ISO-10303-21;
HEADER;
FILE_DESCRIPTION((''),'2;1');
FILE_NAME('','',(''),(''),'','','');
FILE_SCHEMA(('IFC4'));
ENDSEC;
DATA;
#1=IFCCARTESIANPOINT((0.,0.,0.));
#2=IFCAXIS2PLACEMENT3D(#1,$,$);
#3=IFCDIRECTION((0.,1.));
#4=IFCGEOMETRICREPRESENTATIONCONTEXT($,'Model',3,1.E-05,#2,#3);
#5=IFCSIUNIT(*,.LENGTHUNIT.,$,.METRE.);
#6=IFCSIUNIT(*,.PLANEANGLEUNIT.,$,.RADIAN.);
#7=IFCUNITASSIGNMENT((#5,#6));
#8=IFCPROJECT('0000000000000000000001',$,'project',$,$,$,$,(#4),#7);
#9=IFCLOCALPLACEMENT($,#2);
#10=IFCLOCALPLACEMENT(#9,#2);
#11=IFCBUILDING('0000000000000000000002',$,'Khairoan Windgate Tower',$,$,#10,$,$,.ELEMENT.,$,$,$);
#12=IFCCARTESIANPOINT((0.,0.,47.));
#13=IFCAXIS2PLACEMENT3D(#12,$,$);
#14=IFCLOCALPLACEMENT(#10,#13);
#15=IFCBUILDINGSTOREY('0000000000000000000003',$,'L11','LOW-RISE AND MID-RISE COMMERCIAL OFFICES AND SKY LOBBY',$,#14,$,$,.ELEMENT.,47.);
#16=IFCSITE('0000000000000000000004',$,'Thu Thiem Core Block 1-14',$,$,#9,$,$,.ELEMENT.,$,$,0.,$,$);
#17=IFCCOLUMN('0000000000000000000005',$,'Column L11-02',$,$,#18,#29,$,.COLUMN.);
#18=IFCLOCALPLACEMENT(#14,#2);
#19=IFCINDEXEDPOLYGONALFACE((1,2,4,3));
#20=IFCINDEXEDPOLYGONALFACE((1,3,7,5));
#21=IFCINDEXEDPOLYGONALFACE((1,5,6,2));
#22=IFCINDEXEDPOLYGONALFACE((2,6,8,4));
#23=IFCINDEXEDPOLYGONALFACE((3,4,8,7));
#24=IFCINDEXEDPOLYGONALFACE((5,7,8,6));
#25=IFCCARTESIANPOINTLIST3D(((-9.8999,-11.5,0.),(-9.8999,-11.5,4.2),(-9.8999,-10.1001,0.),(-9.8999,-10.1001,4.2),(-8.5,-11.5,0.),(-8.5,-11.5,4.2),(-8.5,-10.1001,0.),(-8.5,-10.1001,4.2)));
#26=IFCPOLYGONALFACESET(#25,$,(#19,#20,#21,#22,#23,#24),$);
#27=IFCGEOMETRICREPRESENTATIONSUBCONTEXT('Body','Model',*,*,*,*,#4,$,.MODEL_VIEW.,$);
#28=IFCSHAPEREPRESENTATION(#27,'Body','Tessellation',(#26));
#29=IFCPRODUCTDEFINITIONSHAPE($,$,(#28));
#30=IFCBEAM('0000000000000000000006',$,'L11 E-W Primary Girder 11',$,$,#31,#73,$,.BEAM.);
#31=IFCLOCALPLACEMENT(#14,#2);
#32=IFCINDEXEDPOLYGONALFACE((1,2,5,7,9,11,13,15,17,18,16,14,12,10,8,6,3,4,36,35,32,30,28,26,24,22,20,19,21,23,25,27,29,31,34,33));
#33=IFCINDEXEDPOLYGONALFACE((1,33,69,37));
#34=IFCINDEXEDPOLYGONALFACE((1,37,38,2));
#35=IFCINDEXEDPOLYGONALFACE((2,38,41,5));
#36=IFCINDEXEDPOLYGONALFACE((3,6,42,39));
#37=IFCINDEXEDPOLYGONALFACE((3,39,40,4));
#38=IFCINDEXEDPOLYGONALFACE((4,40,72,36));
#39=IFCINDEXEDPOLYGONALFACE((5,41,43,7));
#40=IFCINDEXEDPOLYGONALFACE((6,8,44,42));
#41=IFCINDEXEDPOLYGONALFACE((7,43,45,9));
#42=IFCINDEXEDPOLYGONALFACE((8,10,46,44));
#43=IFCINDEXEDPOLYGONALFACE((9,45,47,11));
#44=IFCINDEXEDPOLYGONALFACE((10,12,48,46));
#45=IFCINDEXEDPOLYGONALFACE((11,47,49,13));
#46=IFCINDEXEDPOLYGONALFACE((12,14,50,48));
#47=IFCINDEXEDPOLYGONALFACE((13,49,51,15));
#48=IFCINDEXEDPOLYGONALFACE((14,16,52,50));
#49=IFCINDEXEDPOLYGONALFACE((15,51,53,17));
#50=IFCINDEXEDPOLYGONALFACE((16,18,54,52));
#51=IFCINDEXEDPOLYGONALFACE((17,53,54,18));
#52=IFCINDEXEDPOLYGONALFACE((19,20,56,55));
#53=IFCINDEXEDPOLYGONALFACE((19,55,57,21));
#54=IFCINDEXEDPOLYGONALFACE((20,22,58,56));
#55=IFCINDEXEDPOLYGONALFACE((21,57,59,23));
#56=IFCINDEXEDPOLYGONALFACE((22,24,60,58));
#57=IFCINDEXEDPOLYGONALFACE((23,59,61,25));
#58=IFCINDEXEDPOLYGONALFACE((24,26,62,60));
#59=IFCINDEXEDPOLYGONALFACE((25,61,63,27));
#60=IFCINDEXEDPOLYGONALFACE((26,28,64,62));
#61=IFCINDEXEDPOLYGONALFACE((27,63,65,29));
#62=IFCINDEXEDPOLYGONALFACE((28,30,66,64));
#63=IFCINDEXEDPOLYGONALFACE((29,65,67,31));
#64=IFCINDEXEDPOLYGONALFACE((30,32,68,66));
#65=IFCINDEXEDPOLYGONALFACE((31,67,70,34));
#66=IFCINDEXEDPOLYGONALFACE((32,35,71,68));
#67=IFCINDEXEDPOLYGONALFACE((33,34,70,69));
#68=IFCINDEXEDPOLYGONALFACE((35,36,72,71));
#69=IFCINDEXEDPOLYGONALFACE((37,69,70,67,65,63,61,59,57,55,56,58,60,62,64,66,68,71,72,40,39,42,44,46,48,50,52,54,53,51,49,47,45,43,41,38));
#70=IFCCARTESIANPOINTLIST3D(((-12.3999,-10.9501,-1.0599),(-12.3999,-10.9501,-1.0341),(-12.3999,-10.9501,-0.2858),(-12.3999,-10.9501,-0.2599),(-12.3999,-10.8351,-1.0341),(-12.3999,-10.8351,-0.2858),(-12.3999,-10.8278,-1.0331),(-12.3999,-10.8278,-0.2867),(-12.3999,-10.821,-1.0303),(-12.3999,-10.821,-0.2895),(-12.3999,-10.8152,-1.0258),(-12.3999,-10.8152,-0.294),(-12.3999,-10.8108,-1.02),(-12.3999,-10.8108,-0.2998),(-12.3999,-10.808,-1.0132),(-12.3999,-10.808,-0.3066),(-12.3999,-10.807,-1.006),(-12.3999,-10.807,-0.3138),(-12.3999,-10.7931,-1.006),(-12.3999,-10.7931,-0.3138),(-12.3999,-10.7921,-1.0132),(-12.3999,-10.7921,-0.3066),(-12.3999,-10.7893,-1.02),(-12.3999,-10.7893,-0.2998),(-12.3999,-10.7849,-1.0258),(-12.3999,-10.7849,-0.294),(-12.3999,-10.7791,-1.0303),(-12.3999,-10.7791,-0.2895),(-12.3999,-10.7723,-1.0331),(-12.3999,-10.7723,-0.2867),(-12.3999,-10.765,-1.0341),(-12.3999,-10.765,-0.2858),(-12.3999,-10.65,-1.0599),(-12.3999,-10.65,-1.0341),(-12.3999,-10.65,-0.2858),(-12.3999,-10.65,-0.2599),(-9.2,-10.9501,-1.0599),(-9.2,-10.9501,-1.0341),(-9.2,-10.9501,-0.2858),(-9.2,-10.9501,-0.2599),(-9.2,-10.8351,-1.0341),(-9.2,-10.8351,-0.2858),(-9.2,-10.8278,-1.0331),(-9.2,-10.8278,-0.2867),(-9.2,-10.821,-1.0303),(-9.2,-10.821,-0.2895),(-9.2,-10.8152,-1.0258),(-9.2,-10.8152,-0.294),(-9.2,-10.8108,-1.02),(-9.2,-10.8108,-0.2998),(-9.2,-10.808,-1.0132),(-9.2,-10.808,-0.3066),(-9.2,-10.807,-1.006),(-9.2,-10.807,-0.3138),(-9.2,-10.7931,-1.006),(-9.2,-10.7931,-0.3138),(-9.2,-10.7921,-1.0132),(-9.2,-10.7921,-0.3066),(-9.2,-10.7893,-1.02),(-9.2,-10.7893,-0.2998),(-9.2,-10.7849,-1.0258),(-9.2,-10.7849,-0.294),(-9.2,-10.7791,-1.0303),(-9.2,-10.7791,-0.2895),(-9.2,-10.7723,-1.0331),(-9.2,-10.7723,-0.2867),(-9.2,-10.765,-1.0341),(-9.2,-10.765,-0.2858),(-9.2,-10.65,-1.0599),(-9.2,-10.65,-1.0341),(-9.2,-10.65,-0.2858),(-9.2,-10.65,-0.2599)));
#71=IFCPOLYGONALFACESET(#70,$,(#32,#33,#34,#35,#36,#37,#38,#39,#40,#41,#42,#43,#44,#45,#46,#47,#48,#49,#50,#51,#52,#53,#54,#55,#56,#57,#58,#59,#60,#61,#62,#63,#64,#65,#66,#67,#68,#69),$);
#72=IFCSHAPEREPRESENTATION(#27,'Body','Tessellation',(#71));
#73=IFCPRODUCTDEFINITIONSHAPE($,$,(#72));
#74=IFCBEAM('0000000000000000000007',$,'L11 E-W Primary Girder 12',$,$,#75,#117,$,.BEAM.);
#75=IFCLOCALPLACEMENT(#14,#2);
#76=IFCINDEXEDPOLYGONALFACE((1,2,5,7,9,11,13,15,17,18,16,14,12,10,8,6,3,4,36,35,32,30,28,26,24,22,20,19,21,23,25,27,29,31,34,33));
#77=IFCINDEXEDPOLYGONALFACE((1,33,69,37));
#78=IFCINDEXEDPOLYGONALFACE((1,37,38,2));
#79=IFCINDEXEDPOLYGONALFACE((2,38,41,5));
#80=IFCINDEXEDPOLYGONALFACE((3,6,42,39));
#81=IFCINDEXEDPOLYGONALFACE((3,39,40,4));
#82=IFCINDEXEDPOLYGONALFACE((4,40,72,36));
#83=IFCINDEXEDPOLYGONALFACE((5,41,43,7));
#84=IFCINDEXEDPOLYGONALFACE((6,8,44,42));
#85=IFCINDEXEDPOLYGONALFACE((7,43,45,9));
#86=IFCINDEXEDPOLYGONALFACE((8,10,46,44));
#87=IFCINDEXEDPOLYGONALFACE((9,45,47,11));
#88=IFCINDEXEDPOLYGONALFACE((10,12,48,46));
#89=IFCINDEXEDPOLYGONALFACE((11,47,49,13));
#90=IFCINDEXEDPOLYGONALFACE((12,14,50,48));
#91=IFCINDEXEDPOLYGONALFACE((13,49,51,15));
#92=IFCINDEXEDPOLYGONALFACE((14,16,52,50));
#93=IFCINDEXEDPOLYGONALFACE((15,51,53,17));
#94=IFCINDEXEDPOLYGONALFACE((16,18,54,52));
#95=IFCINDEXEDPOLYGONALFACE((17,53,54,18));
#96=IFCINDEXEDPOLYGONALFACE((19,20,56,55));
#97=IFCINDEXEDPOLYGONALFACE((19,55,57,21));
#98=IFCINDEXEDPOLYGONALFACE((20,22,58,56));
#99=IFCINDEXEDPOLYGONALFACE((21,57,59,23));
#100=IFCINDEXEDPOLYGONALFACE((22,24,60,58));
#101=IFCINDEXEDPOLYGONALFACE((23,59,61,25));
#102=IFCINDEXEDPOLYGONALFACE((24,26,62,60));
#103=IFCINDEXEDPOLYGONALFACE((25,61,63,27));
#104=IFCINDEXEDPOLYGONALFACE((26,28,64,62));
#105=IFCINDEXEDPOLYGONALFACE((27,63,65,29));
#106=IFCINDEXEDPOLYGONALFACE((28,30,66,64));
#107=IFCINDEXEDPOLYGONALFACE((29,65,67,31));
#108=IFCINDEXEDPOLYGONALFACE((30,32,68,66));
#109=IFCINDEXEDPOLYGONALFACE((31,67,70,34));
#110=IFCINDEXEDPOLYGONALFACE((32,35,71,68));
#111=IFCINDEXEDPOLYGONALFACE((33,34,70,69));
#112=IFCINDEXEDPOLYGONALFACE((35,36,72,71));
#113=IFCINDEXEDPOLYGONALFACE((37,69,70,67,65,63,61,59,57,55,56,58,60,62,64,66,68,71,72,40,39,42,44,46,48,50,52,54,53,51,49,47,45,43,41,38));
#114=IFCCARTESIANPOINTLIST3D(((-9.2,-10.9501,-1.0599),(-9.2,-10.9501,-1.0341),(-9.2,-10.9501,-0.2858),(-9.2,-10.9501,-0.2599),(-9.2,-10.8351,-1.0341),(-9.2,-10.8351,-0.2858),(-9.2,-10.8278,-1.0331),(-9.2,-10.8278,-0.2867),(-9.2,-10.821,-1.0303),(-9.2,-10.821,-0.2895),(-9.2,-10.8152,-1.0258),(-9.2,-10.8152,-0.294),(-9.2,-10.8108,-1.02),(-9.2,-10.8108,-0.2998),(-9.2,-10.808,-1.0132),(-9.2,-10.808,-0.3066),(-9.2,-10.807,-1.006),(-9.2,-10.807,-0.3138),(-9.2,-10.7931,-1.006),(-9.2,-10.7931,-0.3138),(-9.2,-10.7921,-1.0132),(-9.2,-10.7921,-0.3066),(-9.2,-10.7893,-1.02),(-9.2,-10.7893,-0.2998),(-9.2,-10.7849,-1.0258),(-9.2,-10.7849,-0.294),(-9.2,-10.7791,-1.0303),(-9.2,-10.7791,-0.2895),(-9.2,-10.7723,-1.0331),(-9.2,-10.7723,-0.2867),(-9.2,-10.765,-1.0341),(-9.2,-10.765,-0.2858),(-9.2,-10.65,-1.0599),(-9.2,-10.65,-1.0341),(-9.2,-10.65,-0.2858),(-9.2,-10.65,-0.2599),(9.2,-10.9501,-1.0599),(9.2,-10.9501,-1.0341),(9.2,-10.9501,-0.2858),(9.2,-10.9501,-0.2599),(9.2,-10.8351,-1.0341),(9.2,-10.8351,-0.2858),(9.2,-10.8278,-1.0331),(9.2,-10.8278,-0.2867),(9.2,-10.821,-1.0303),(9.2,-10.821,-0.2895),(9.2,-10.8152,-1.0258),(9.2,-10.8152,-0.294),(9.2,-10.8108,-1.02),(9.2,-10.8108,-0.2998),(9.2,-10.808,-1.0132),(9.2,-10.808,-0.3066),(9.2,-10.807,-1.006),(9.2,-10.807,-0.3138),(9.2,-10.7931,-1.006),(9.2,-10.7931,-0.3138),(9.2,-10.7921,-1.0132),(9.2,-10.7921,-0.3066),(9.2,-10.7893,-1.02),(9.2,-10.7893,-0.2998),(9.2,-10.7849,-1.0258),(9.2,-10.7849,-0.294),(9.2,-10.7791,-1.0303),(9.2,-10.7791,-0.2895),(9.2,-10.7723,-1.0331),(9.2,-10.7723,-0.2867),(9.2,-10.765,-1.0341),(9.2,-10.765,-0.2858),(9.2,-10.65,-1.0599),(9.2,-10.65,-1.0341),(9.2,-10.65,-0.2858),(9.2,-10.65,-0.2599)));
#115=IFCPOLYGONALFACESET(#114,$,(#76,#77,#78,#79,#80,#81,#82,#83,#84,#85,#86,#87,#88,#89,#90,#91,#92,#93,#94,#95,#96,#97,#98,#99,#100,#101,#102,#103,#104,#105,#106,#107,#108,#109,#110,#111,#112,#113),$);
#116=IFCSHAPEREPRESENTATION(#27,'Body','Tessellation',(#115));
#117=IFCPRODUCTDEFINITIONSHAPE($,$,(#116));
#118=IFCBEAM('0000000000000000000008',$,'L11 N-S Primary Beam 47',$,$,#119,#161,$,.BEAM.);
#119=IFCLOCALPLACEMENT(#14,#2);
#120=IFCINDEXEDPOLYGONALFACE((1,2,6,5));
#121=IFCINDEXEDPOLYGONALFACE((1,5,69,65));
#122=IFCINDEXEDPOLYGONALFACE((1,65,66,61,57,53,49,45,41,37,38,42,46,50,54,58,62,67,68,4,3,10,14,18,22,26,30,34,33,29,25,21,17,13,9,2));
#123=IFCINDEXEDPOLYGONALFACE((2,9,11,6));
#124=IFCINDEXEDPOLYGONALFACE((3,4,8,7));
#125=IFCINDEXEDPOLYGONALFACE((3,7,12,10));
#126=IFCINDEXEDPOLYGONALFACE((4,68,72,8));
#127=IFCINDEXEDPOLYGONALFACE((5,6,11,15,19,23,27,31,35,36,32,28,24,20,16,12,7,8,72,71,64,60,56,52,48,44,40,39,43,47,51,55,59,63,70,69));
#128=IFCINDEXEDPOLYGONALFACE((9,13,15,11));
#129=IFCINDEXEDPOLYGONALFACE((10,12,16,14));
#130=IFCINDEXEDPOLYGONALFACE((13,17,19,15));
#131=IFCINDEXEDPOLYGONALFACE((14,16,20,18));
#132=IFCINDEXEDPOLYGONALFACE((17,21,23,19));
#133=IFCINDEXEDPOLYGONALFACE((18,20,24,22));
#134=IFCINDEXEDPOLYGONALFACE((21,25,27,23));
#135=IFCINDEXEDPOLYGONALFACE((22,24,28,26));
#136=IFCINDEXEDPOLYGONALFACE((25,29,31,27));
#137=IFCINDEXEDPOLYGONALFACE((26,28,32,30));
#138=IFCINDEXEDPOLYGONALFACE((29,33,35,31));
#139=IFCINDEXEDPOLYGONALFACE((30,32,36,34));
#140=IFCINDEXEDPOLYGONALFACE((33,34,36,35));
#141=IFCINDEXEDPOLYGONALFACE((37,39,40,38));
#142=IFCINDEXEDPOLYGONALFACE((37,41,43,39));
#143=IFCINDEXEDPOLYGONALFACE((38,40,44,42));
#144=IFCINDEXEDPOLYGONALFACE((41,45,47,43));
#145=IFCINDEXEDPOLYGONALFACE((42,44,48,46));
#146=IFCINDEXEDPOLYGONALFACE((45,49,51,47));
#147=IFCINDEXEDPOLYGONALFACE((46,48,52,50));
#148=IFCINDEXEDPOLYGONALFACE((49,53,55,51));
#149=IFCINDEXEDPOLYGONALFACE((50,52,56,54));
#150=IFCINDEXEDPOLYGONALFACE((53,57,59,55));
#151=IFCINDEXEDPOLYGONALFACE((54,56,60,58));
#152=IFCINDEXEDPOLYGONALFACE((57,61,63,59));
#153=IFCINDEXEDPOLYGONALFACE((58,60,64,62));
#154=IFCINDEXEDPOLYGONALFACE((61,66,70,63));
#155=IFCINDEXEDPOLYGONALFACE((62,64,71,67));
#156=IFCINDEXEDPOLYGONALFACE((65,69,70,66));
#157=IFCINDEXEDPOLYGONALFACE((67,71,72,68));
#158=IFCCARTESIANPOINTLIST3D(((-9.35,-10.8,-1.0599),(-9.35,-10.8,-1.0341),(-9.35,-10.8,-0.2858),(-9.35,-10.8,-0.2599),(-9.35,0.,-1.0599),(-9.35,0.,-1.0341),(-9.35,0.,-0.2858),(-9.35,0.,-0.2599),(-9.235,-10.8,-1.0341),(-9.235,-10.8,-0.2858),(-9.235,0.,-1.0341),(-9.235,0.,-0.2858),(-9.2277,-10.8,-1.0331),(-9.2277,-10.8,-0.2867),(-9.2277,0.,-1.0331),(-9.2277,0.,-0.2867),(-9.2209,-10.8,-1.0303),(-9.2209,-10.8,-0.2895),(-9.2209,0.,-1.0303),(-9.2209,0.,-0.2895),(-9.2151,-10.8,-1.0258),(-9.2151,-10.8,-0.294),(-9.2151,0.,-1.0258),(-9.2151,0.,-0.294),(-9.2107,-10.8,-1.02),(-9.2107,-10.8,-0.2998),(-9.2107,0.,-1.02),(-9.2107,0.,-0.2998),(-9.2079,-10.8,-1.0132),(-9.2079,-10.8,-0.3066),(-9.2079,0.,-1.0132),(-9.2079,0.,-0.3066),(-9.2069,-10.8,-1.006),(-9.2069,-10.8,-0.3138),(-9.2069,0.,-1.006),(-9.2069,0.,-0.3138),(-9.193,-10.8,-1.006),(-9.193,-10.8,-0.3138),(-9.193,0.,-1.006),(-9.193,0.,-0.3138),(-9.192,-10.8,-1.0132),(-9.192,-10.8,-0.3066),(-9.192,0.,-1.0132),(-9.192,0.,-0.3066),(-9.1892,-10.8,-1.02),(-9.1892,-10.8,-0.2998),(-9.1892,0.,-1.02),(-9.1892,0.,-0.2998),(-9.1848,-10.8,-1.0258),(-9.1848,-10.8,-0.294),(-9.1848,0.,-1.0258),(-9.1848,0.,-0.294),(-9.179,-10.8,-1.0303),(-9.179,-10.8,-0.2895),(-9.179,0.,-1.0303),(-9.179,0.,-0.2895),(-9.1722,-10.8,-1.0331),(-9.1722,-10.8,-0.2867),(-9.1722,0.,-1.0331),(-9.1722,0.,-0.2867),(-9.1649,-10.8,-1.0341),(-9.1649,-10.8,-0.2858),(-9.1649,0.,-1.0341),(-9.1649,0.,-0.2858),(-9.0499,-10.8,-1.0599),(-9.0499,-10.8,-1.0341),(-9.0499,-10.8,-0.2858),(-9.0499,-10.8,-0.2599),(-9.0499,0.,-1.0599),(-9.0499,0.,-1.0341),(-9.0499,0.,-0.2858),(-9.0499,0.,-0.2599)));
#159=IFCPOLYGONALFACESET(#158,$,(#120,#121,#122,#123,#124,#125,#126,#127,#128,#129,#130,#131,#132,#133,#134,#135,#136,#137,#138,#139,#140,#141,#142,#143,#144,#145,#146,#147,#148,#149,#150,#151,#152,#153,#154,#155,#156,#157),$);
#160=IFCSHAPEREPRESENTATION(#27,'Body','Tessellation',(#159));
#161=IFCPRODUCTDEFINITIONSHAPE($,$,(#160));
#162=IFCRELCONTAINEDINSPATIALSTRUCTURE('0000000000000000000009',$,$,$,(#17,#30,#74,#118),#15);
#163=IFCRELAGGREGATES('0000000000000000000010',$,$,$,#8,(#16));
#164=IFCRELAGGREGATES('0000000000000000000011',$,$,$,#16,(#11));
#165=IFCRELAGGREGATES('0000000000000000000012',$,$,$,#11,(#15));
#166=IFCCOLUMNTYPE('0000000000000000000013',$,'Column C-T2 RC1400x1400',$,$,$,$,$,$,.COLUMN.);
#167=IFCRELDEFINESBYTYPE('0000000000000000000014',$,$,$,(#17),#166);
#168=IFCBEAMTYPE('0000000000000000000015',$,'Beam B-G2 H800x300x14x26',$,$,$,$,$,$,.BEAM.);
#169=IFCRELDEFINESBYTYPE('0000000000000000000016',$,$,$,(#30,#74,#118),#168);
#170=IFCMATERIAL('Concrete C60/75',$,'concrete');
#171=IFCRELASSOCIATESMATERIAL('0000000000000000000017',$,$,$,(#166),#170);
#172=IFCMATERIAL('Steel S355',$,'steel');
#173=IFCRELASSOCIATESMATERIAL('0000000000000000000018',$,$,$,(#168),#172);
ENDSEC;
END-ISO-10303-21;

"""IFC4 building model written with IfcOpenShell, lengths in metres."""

from ifc_helpers import new_model, si_unit, direction, frame, origin, origin_2d, place, context, subcontext, project, spatial, rectangle, i_section, extrude, material, material_profile, profile_set, type_object, element, save


model = new_model("IFC4")

# Units and contexts
model_context = context("Model", 3, precision=1e-05, world=origin(), true_north=direction((0.0, 1.0)))
body_context = subcontext(model_context, "Body", "Model", "MODEL_VIEW")
ifc_project = project(units=[si_unit("LENGTHUNIT", "METRE"), si_unit("PLANEANGLEUNIT", "RADIAN")], contexts=[model_context])

# Site, building, storey
site_placement = place(None, origin())
site = spatial("IfcSite", under=ifc_project, at=site_placement, Name="Thu Thiem Core Block 1-14", CompositionType="ELEMENT", RefElevation=0.0)
building_placement = place(site_placement, origin())
building = spatial("IfcBuilding", under=site, at=building_placement, Name="Khairoan Windgate Tower", CompositionType="ELEMENT")
storey_placement = place(building_placement, frame((0.0, 0.0, 47.0)))
storey = spatial("IfcBuildingStorey", under=building, at=storey_placement, Name="L11", Description="LOW-RISE AND MID-RISE COMMERCIAL OFFICES AND SKY LOBBY", CompositionType="ELEMENT", Elevation=47.0)

# Column
ifc_material_1 = material(Name="Concrete C60/75", Category="concrete")
ifc_material_profile_1 = material_profile(ifc_material_1, rectangle(XDim=1.3999, YDim=1.3999, at=origin_2d()))
ifc_profile_set_1 = profile_set([ifc_material_profile_1], Name="Concrete C60/75")
column_type = type_object("IfcColumnType", Name="Column C-T2 RC1400x1400", PredefinedType="COLUMN", material=ifc_profile_set_1)
column_placement = place(storey_placement, frame((-9.2, -10.8, 0.0), z_axis=(0.0, 0.0, 1.0), x_axis=(1.0, 0.0, 0.0)))
element("IfcColumn", 1, at=column_placement, inside=storey, type_object=column_type, Name="Column L11-02", PredefinedType="COLUMN", context=body_context, shape_type="SweptSolid", body=[
    extrude(rectangle(XDim=1.3999, YDim=1.3999, at=origin_2d()), origin(), (0.0, 0.0, 1.0), 4.2),
])

# Beams
ifc_material_2 = material(Name="Steel S355", Category="steel")
ifc_material_profile_2 = material_profile(ifc_material_2, i_section(OverallWidth=0.3, OverallDepth=0.8, WebThickness=0.0139, FlangeThickness=0.0259, FilletRadius=0.0281, at=origin_2d()))
ifc_profile_set_2 = profile_set([ifc_material_profile_2], Name="Steel S355")
beam_type_1 = type_object("IfcBeamType", Name="Beam B-G2 H800x300x14x26", PredefinedType="BEAM", material=ifc_profile_set_2)
beam_1_placement = place(storey_placement, frame((-12.3999, -10.8, -0.6599), z_axis=(1.0, 0.0, 0.0), x_axis=(0.0, 1.0, 0.0)))
element("IfcBeam", 2, at=beam_1_placement, inside=storey, type_object=beam_type_1, Name="L11 E-W Primary Girder 11", PredefinedType="BEAM", context=body_context, shape_type="SweptSolid", body=[
    extrude(i_section(OverallWidth=0.3, OverallDepth=0.8, WebThickness=0.0139, FlangeThickness=0.0259, FilletRadius=0.0281, at=origin_2d()), origin(), (0.0, 0.0, 1.0), 3.2),
])
beam_2_placement = place(storey_placement, frame((-9.2, -10.8, -0.6599), z_axis=(1.0, 0.0, 0.0), x_axis=(0.0, 1.0, 0.0)))
element("IfcBeam", 3, at=beam_2_placement, inside=storey, type_object=beam_type_1, Name="L11 E-W Primary Girder 12", PredefinedType="BEAM", context=body_context, shape_type="SweptSolid", body=[
    extrude(i_section(OverallWidth=0.3, OverallDepth=0.8, WebThickness=0.0139, FlangeThickness=0.0259, FilletRadius=0.0281, at=origin_2d()), origin(), (0.0, 0.0, 1.0), 18.3999),
])
beam_3_placement = place(storey_placement, frame((-9.2, -10.8, -0.6599), z_axis=(0.0, 1.0, 0.0), x_axis=(-1.0, 0.0, 0.0)))
element("IfcBeam", 4, at=beam_3_placement, inside=storey, type_object=beam_type_1, Name="L11 N-S Primary Beam 47", PredefinedType="BEAM", context=body_context, shape_type="SweptSolid", body=[
    extrude(i_section(OverallWidth=0.3, OverallDepth=0.8, WebThickness=0.0139, FlangeThickness=0.0259, FilletRadius=0.0281, at=origin_2d()), origin(), (0.0, 0.0, 1.0), 10.8),
])

save(model, "model.ifc")
